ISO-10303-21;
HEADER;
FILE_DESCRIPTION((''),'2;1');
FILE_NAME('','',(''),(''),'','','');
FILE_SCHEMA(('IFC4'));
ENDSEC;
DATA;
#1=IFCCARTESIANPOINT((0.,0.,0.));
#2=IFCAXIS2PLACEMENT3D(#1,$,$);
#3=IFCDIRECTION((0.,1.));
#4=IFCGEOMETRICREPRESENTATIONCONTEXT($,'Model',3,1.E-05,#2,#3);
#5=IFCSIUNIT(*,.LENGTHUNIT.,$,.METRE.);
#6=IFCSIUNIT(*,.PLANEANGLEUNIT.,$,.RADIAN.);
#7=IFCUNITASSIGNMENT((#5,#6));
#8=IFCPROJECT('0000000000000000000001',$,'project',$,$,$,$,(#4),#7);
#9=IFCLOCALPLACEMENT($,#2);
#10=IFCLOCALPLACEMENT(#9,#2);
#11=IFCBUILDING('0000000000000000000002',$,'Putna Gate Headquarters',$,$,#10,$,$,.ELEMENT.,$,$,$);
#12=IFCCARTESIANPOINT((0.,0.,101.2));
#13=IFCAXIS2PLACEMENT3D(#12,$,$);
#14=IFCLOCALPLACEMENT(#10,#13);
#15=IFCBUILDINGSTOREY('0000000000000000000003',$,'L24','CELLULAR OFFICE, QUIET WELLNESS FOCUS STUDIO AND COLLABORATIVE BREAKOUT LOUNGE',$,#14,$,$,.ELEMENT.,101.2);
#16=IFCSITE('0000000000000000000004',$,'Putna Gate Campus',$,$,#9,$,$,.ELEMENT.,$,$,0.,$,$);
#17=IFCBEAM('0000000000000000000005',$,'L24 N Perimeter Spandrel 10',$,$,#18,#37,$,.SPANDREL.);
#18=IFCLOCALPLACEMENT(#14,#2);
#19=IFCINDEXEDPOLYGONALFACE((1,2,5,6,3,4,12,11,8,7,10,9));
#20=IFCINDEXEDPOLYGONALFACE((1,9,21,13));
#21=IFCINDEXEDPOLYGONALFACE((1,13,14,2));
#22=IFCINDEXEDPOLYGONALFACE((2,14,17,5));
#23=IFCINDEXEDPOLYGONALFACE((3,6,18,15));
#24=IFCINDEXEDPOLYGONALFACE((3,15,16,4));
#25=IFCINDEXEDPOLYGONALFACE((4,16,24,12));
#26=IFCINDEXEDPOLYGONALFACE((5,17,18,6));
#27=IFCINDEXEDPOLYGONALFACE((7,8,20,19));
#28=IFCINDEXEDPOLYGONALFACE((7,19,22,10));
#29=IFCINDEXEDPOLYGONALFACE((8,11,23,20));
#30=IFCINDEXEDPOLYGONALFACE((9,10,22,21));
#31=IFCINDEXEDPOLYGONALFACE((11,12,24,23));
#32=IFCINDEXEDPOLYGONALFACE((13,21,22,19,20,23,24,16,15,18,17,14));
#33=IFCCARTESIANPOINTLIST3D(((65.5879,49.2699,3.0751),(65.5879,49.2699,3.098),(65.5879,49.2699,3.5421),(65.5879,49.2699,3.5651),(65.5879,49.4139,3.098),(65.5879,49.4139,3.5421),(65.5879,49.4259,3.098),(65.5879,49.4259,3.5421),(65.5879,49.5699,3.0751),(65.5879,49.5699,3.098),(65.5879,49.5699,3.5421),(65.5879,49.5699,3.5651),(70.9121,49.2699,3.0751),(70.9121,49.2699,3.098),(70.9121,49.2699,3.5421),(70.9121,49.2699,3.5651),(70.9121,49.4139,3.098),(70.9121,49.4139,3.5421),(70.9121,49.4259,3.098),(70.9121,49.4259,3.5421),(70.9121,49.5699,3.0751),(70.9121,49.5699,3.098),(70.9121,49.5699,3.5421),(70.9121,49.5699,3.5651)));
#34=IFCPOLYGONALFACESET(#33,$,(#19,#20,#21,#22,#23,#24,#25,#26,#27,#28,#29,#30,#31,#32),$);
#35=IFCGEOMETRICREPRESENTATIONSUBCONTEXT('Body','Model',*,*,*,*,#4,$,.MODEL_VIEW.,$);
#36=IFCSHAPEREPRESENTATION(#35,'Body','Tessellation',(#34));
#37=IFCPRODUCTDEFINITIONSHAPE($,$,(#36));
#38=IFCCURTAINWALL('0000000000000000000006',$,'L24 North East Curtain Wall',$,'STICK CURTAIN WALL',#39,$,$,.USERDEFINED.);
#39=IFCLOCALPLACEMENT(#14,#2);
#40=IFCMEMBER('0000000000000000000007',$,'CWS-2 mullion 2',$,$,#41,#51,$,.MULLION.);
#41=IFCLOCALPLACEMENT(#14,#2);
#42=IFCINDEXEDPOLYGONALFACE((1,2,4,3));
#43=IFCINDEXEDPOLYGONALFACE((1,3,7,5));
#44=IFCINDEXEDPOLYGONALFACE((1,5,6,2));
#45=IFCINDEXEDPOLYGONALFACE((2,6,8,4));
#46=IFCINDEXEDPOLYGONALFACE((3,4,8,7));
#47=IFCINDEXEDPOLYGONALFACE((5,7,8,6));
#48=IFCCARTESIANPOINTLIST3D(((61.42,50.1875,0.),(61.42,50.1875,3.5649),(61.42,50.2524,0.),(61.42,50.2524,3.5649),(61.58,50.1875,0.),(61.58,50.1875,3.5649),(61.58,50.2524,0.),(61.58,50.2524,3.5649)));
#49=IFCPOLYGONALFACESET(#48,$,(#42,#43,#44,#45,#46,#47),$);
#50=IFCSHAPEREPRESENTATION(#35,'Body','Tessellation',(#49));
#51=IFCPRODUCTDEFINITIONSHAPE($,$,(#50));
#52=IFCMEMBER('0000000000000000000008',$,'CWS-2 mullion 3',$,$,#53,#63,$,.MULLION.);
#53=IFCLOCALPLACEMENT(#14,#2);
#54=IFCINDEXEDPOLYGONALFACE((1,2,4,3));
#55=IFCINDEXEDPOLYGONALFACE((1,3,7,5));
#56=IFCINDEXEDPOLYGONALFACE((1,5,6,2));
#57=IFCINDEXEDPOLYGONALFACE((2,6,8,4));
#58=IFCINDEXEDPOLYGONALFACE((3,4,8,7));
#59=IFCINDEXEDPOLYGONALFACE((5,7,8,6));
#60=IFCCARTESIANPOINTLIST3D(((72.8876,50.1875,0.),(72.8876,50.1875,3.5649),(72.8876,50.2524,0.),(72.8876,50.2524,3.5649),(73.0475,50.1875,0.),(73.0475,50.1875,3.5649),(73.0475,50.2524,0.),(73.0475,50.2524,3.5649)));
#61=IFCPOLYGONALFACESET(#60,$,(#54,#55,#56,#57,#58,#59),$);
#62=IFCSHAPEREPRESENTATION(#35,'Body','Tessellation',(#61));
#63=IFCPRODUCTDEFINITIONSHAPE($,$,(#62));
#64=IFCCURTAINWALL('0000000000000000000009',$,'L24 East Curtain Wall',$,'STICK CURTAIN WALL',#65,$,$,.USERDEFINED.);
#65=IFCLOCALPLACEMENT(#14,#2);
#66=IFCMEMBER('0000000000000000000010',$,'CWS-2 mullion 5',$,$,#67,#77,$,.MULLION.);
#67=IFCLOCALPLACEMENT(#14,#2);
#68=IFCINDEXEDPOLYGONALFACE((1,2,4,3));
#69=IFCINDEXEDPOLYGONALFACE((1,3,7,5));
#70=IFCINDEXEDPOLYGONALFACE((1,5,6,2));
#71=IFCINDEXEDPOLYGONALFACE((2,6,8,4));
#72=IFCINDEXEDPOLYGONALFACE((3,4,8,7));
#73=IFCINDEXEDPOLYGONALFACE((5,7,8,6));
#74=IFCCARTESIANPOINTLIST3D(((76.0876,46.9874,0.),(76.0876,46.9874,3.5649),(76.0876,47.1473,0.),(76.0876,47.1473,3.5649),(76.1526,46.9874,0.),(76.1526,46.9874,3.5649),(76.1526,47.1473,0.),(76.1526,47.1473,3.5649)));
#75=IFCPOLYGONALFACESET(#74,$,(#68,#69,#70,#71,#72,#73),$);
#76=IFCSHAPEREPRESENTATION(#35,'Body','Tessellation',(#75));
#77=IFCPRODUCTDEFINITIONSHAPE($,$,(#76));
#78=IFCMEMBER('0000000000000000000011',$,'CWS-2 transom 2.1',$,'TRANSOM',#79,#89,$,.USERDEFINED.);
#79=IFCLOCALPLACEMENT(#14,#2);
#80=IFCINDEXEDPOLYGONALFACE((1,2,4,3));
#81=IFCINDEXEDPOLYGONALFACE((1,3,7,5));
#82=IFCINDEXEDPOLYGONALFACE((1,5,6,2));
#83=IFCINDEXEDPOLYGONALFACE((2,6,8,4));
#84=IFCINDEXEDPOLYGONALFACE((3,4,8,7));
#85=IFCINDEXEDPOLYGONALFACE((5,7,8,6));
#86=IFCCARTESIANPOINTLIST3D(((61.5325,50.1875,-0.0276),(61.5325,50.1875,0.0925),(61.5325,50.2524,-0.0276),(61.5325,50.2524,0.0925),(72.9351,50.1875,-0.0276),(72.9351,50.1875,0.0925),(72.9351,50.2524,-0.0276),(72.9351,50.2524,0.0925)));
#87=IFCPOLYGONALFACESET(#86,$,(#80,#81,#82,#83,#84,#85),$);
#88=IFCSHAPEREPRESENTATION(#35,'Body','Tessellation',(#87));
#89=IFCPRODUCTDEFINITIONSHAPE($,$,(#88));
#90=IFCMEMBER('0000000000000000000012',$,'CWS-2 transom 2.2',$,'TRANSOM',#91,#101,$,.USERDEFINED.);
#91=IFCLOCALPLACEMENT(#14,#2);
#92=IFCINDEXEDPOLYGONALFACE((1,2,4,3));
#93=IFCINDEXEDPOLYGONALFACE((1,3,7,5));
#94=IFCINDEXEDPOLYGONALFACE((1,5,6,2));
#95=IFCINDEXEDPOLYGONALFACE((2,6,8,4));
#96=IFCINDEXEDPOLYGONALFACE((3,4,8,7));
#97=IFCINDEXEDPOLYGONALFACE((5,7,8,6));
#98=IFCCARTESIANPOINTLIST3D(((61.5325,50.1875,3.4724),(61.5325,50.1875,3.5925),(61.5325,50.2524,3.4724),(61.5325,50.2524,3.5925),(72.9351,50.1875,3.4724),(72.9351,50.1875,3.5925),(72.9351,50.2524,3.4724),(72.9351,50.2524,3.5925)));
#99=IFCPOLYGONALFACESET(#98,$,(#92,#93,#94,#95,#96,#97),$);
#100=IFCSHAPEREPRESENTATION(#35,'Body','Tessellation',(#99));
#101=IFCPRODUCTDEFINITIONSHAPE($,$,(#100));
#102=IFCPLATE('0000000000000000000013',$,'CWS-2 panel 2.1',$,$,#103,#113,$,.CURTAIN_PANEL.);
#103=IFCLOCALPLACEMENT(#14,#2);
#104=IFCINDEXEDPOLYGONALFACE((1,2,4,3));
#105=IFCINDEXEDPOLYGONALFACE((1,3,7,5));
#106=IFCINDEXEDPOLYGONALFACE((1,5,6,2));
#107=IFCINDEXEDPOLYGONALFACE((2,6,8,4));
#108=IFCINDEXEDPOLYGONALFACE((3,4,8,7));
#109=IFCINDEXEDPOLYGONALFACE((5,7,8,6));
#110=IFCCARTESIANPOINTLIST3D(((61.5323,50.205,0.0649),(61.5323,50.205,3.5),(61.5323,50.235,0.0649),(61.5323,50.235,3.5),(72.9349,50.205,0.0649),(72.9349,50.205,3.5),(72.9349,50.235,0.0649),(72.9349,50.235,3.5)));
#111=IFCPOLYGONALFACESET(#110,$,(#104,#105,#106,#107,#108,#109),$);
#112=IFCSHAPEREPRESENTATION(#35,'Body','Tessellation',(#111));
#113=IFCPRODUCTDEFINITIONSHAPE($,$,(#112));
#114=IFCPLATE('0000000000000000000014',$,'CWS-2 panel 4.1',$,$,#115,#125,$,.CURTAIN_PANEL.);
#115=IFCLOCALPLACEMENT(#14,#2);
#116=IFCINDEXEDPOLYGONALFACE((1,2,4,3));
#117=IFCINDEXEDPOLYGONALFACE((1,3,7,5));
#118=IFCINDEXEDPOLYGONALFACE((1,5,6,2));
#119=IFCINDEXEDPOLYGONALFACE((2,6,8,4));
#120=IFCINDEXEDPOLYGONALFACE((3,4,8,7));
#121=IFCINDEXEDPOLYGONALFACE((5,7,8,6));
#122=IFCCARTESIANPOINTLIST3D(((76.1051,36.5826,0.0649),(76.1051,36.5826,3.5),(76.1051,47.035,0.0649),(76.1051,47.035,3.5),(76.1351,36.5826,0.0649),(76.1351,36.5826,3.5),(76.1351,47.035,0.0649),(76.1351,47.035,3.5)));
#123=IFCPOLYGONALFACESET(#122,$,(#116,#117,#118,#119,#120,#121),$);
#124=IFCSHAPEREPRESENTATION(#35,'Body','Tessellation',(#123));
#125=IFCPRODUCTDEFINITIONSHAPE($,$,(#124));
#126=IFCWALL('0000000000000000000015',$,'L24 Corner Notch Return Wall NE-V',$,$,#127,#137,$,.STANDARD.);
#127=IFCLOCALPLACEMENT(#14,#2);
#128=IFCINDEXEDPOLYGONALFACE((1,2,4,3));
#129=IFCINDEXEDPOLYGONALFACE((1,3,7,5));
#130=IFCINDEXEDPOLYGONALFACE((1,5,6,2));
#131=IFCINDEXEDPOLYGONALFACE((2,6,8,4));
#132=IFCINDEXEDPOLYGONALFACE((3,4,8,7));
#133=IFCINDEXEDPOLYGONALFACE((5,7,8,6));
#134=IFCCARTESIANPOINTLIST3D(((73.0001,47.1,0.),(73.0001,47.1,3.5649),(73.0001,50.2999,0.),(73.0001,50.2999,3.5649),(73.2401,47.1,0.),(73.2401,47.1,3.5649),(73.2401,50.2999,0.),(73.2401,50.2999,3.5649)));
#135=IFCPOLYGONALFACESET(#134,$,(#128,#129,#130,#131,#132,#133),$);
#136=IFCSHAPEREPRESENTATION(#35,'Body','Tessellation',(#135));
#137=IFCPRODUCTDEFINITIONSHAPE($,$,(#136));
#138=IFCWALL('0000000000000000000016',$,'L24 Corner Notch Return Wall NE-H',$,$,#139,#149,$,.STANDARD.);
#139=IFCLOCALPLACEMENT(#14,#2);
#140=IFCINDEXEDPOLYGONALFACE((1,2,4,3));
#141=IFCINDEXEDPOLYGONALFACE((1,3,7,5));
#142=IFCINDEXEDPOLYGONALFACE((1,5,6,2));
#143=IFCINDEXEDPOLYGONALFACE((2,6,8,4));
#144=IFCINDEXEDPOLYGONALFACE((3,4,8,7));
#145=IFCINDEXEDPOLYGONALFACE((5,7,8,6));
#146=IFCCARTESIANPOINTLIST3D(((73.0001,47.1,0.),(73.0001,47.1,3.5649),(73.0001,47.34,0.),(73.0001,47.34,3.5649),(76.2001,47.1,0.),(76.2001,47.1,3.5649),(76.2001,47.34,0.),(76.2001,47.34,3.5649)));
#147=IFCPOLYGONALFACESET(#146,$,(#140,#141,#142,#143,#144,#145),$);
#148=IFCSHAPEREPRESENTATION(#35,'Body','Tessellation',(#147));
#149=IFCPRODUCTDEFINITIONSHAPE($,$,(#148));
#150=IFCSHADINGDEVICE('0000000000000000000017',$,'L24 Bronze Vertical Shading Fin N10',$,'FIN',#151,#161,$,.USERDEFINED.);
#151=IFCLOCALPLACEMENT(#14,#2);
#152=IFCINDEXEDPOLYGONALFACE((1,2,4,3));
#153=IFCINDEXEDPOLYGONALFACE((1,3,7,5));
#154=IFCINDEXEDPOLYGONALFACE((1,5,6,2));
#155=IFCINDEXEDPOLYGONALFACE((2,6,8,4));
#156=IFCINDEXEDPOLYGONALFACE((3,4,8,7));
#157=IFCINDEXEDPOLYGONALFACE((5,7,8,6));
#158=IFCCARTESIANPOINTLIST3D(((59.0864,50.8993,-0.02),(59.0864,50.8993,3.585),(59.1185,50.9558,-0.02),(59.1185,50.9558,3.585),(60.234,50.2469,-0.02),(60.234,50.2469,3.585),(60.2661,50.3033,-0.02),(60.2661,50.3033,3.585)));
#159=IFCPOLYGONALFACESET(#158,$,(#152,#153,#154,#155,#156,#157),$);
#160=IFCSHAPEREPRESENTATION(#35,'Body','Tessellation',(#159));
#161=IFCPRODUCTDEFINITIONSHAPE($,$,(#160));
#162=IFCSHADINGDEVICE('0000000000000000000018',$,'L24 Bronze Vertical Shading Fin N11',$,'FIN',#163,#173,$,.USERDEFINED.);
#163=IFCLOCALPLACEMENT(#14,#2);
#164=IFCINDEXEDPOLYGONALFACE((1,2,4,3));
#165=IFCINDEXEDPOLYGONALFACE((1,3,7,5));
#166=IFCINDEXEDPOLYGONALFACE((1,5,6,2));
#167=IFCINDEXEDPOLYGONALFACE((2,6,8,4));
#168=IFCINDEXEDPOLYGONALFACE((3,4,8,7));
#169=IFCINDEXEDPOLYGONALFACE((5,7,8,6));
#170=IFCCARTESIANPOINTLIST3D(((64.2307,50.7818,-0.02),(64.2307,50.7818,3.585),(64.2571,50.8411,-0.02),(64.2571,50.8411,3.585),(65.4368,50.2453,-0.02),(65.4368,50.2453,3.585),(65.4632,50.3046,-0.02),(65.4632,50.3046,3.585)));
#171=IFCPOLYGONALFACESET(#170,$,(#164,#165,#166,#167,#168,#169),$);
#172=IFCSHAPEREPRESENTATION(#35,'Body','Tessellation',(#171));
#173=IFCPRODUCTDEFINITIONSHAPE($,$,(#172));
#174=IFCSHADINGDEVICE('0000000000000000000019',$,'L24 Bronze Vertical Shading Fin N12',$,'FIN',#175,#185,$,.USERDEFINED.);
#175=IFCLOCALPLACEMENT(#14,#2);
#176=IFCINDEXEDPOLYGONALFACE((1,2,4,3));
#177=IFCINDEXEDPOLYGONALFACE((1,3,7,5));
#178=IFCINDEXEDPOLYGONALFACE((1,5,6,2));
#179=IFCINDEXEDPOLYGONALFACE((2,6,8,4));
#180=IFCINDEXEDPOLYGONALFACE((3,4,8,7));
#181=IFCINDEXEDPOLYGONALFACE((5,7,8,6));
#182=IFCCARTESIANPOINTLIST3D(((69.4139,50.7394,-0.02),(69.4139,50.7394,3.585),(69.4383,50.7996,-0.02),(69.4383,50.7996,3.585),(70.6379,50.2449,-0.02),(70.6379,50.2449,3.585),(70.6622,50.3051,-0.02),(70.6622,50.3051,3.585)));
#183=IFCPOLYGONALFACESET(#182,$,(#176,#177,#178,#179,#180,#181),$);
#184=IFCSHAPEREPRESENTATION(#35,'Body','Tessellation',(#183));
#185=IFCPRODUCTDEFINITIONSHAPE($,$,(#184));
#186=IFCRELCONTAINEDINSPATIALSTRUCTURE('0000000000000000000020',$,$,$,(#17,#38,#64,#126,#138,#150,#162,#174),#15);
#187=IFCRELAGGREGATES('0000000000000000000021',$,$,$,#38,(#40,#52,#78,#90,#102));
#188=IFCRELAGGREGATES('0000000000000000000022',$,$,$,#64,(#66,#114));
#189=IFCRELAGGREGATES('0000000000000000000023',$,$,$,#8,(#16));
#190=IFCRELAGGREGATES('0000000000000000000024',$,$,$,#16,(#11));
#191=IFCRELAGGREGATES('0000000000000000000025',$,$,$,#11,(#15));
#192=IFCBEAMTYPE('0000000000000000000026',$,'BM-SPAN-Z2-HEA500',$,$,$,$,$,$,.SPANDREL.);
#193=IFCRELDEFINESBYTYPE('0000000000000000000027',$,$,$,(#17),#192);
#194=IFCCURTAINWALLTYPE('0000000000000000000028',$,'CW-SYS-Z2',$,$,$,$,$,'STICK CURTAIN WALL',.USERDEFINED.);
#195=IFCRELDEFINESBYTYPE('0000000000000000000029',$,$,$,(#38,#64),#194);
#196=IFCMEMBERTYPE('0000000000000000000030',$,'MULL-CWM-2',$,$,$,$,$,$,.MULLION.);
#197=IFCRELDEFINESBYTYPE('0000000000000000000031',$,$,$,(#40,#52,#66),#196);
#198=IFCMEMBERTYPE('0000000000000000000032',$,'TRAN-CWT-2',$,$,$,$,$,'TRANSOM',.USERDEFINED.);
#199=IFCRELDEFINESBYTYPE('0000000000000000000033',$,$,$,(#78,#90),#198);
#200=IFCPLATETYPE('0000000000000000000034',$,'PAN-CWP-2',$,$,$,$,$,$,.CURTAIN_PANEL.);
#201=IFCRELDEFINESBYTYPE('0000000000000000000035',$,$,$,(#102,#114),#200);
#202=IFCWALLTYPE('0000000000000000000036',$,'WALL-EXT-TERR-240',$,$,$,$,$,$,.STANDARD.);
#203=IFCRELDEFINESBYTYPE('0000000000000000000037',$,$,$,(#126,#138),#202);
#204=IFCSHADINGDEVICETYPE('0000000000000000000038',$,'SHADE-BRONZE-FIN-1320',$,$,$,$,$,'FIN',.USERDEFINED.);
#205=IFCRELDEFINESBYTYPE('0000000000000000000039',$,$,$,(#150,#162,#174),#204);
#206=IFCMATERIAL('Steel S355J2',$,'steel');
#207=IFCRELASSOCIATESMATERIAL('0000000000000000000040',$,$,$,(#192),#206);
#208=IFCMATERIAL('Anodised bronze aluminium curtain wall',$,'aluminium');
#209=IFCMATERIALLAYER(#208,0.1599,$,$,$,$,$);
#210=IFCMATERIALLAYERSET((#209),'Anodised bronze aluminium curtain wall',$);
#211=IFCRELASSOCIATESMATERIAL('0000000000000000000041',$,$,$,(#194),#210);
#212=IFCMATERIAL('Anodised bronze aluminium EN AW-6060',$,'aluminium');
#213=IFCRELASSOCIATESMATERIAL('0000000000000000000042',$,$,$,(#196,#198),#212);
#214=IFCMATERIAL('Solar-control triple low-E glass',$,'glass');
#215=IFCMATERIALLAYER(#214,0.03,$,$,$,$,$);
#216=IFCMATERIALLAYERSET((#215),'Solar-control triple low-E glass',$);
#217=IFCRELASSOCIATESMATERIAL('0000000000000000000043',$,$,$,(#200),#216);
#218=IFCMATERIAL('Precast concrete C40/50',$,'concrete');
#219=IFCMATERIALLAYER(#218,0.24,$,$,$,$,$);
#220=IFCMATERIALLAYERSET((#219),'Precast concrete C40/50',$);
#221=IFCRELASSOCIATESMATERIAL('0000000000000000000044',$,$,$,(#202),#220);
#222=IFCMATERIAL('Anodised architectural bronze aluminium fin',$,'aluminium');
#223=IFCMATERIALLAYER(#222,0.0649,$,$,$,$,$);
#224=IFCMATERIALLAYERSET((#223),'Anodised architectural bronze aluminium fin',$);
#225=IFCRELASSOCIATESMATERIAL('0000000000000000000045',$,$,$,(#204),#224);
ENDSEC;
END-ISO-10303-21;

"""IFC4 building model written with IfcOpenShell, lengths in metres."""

from ifc_helpers import new_model, si_unit, direction, frame, frame_2d, origin, origin_2d, place, context, subcontext, project, spatial, rectangle, i_section, extrude, material, layer, layer_set, material_profile, profile_set, type_object, element, aggregate, save


model = new_model("IFC4")

# Units and contexts
model_context = context("Model", 3, precision=1e-05, world=origin(), true_north=direction((0.0, 1.0)))
body_context = subcontext(model_context, "Body", "Model", "MODEL_VIEW")
ifc_project = project(units=[si_unit("LENGTHUNIT", "METRE"), si_unit("PLANEANGLEUNIT", "RADIAN")], contexts=[model_context])

# Site, building, storey
site_placement = place(None, origin())
site = spatial("IfcSite", under=ifc_project, at=site_placement, Name="Putna Gate Campus", CompositionType="ELEMENT", RefElevation=0.0)
building_placement = place(site_placement, origin())
building = spatial("IfcBuilding", under=site, at=building_placement, Name="Putna Gate Headquarters", CompositionType="ELEMENT")
storey_placement = place(building_placement, frame((0.0, 0.0, 101.2)))
storey = spatial("IfcBuildingStorey", under=building, at=storey_placement, Name="L24", Description="CELLULAR OFFICE, QUIET WELLNESS FOCUS STUDIO AND COLLABORATIVE BREAKOUT LOUNGE", CompositionType="ELEMENT", Elevation=101.2)

# Beam
ifc_material_1 = material(Name="Steel S355J2", Category="steel")
ifc_material_profile_1 = material_profile(ifc_material_1, i_section(OverallWidth=0.3, OverallDepth=0.49, WebThickness=0.012, FlangeThickness=0.0229, at=origin_2d()), Name="Steel S355J2")
ifc_profile_set_1 = profile_set([ifc_material_profile_1], Name="Steel S355J2")
beam_type_1 = type_object("IfcBeamType", Name="BM-SPAN-Z2-HEA500", PredefinedType="SPANDREL", material=ifc_profile_set_1)
for number, where, z_axis, x_axis, name in (
    (1, (65.5879, 49.4199, 3.3201), (1.0, 0.0, 0.0), (0.0, 1.0, 0.0), "L24 N Perimeter Spandrel 10"),
):
    element("IfcBeam", number, at=place(storey_placement, frame(where, z_axis=z_axis, x_axis=x_axis)), inside=storey, type_object=beam_type_1, Name=name, PredefinedType="SPANDREL", context=body_context, shape_type="SweptSolid", body=[
        extrude(i_section(OverallWidth=0.3, OverallDepth=0.49, WebThickness=0.012, FlangeThickness=0.0229, at=origin_2d()), origin(), (0.0, 0.0, 1.0), 5.3242),
    ])

# Curtain wall, members
ifc_material_2 = material(Name="Anodised bronze aluminium curtain wall", Category="aluminium")
ifc_layer_1 = layer(ifc_material_2, 0.1599)
ifc_layer_set_1 = layer_set([ifc_layer_1], Name="Anodised bronze aluminium curtain wall")
curtain_wall_type = type_object("IfcCurtainWallType", Name="CW-SYS-Z2", ElementType="STICK CURTAIN WALL", PredefinedType="USERDEFINED", material=ifc_layer_set_1)
curtain_wall_1_placement = place(storey_placement, origin())
curtain_wall_1 = element("IfcCurtainWall", 2, at=curtain_wall_1_placement, inside=storey, type_object=curtain_wall_type, Name="L24 North East Curtain Wall", ObjectType="STICK CURTAIN WALL", PredefinedType="USERDEFINED")
ifc_material_3 = material(Name="Anodised bronze aluminium EN AW-6060", Category="aluminium")
ifc_material_profile_2 = material_profile(ifc_material_3, rectangle(XDim=0.0649, YDim=0.1599, at=origin_2d()), Name="Anodised bronze aluminium EN AW-6060")
ifc_profile_set_2 = profile_set([ifc_material_profile_2], Name="Anodised bronze aluminium EN AW-6060")
member_type_1 = type_object("IfcMemberType", Name="MULL-CWM-2", PredefinedType="MULLION", material=ifc_profile_set_2)
member_1_placement = place(storey_placement, frame((61.5, 50.22, 0.0), z_axis=(0.0, 0.0, 1.0), x_axis=(0.0, 1.0, 0.0)))
member_1 = element("IfcMember", 3, at=member_1_placement, type_object=member_type_1, Name="CWS-2 mullion 2", PredefinedType="MULLION", context=body_context, shape_type="SweptSolid", body=[
    extrude(rectangle(XDim=0.0649, YDim=0.1599, at=origin_2d()), origin(), (0.0, 0.0, 1.0), 3.5649),
])
member_2_placement = place(storey_placement, frame((72.9675, 50.22, 0.0), z_axis=(0.0, 0.0, 1.0), x_axis=(0.0, 1.0, 0.0)))
member_2 = element("IfcMember", 4, at=member_2_placement, type_object=member_type_1, Name="CWS-2 mullion 3", PredefinedType="MULLION", context=body_context, shape_type="SweptSolid", body=[
    extrude(rectangle(XDim=0.0649, YDim=0.1599, at=origin_2d()), origin(), (0.0, 0.0, 1.0), 3.5649),
])

# Curtain wall, member
curtain_wall_2_placement = place(storey_placement, origin())
curtain_wall_2 = element("IfcCurtainWall", 5, at=curtain_wall_2_placement, inside=storey, type_object=curtain_wall_type, Name="L24 East Curtain Wall", ObjectType="STICK CURTAIN WALL", PredefinedType="USERDEFINED")
member_3_placement = place(storey_placement, frame((76.1201, 47.0674, 0.0), z_axis=(0.0, 0.0, 1.0), x_axis=(-1.0, 0.0, 0.0)))
member_3 = element("IfcMember", 6, at=member_3_placement, type_object=member_type_1, Name="CWS-2 mullion 5", PredefinedType="MULLION", context=body_context, shape_type="SweptSolid", body=[
    extrude(rectangle(XDim=0.0649, YDim=0.1599, at=origin_2d()), origin(), (0.0, 0.0, 1.0), 3.5649),
])

# Members
ifc_material_profile_3 = material_profile(ifc_material_3, rectangle(XDim=0.0649, YDim=0.1201, at=origin_2d()), Name="Anodised bronze aluminium EN AW-6060")
ifc_profile_set_3 = profile_set([ifc_material_profile_3], Name="Anodised bronze aluminium EN AW-6060")
member_type_2 = type_object("IfcMemberType", Name="TRAN-CWT-2", ElementType="TRANSOM", PredefinedType="USERDEFINED", material=ifc_profile_set_3)
member_4_placement = place(storey_placement, frame((61.5325, 50.22, 0.0325), z_axis=(1.0, 0.0, 0.0), x_axis=(0.0, 1.0, 0.0)))
member_4 = element("IfcMember", 7, at=member_4_placement, type_object=member_type_2, Name="CWS-2 transom 2.1", ObjectType="TRANSOM", PredefinedType="USERDEFINED", context=body_context, shape_type="SweptSolid", body=[
    extrude(rectangle(XDim=0.0649, YDim=0.1201, at=origin_2d()), origin(), (0.0, 0.0, 1.0), 11.4026),
])
member_5_placement = place(storey_placement, frame((61.5325, 50.22, 3.5325), z_axis=(1.0, 0.0, 0.0), x_axis=(0.0, 1.0, 0.0)))
member_5 = element("IfcMember", 8, at=member_5_placement, type_object=member_type_2, Name="CWS-2 transom 2.2", ObjectType="TRANSOM", PredefinedType="USERDEFINED", context=body_context, shape_type="SweptSolid", body=[
    extrude(rectangle(XDim=0.0649, YDim=0.1201, at=origin_2d()), origin(), (0.0, 0.0, 1.0), 11.4026),
])

# Plates
ifc_material_4 = material(Name="Solar-control triple low-E glass", Category="glass")
ifc_layer_2 = layer(ifc_material_4, 0.03)
ifc_layer_set_2 = layer_set([ifc_layer_2], Name="Solar-control triple low-E glass")
plate_type = type_object("IfcPlateType", Name="PAN-CWP-2", PredefinedType="CURTAIN_PANEL", material=ifc_layer_set_2)
plate_1_placement = place(storey_placement, frame((67.2336, 50.22, 0.0649), z_axis=(0.0, 0.0, 1.0), x_axis=(1.0, 0.0, 0.0)))
plate_1 = element("IfcPlate", 9, at=plate_1_placement, type_object=plate_type, Name="CWS-2 panel 2.1", PredefinedType="CURTAIN_PANEL", context=body_context, shape_type="SweptSolid", body=[
    extrude(rectangle(XDim=11.4026, YDim=0.03, at=origin_2d()), origin(), (0.0, 0.0, 1.0), 3.4351),
])
aggregate(curtain_wall_1, [member_1, member_2, member_4, member_5, plate_1])
plate_2_placement = place(storey_placement, frame((76.1201, 41.8088, 0.0649), z_axis=(0.0, 0.0, 1.0), x_axis=(0.0, 1.0, 0.0)))
plate_2 = element("IfcPlate", 10, at=plate_2_placement, type_object=plate_type, Name="CWS-2 panel 4.1", PredefinedType="CURTAIN_PANEL", context=body_context, shape_type="SweptSolid", body=[
    extrude(rectangle(XDim=10.4524, YDim=0.03, at=origin_2d()), origin(), (0.0, 0.0, 1.0), 3.4351),
])
aggregate(curtain_wall_2, [member_3, plate_2])

# Walls
ifc_material_5 = material(Name="Precast concrete C40/50", Category="concrete")
ifc_layer_3 = layer(ifc_material_5, 0.24)
ifc_layer_set_3 = layer_set([ifc_layer_3], Name="Precast concrete C40/50")
wall_type = type_object("IfcWallType", Name="WALL-EXT-TERR-240", PredefinedType="STANDARD", material=ifc_layer_set_3)
for number, where, z_axis, x_axis, name in (
    (11, (73.1201, 50.3, 0.0), (0.0, 0.0, 1.0), (0.0, -1.0, 0.0), "L24 Corner Notch Return Wall NE-V"),
    (12, (73.0, 47.22, 0.0), (0.0, 0.0, 1.0), (1.0, 0.0, 0.0), "L24 Corner Notch Return Wall NE-H"),
):
    element("IfcWall", number, at=place(storey_placement, frame(where, z_axis=z_axis, x_axis=x_axis)), inside=storey, type_object=wall_type, Name=name, PredefinedType="STANDARD", context=body_context, shape_type="SweptSolid", body=[
        extrude(rectangle(XDim=3.2, YDim=0.24, at=frame_2d((1.6001, 0.0))), origin(), (0.0, 0.0, 1.0), 3.5649),
    ])

# Shading devices
ifc_material_6 = material(Name="Anodised architectural bronze aluminium fin", Category="aluminium")
ifc_layer_4 = layer(ifc_material_6, 0.0649)
ifc_layer_set_4 = layer_set([ifc_layer_4], Name="Anodised architectural bronze aluminium fin")
shading_device_type = type_object("IfcShadingDeviceType", Name="SHADE-BRONZE-FIN-1320", ElementType="FIN", PredefinedType="USERDEFINED", material=ifc_layer_set_4)
for number, where, z_axis, x_axis, name in (
    (13, (59.6763, 50.6013, -0.02), (0.0, 0.0, 1.0), (-0.869322, 0.494245, 0.0), "L24 Bronze Vertical Shading Fin N10"),
    (14, (64.8469, 50.5432, -0.02), (0.0, 0.0, 1.0), (-0.913687, 0.406418, 0.0), "L24 Bronze Vertical Shading Fin N11"),
    (15, (70.0381, 50.5222, -0.02), (0.0, 0.0, 1.0), (-0.927184, 0.374607, 0.0), "L24 Bronze Vertical Shading Fin N12"),
):
    element("IfcShadingDevice", number, at=place(storey_placement, frame(where, z_axis=z_axis, x_axis=x_axis)), inside=storey, type_object=shading_device_type, Name=name, ObjectType="FIN", PredefinedType="USERDEFINED", context=body_context, shape_type="SweptSolid", body=[
        extrude(rectangle(XDim=1.3201, YDim=0.0649, at=origin_2d()), origin(), (0.0, 0.0, 1.0), 3.605),
    ])

save(model, "model.ifc")
